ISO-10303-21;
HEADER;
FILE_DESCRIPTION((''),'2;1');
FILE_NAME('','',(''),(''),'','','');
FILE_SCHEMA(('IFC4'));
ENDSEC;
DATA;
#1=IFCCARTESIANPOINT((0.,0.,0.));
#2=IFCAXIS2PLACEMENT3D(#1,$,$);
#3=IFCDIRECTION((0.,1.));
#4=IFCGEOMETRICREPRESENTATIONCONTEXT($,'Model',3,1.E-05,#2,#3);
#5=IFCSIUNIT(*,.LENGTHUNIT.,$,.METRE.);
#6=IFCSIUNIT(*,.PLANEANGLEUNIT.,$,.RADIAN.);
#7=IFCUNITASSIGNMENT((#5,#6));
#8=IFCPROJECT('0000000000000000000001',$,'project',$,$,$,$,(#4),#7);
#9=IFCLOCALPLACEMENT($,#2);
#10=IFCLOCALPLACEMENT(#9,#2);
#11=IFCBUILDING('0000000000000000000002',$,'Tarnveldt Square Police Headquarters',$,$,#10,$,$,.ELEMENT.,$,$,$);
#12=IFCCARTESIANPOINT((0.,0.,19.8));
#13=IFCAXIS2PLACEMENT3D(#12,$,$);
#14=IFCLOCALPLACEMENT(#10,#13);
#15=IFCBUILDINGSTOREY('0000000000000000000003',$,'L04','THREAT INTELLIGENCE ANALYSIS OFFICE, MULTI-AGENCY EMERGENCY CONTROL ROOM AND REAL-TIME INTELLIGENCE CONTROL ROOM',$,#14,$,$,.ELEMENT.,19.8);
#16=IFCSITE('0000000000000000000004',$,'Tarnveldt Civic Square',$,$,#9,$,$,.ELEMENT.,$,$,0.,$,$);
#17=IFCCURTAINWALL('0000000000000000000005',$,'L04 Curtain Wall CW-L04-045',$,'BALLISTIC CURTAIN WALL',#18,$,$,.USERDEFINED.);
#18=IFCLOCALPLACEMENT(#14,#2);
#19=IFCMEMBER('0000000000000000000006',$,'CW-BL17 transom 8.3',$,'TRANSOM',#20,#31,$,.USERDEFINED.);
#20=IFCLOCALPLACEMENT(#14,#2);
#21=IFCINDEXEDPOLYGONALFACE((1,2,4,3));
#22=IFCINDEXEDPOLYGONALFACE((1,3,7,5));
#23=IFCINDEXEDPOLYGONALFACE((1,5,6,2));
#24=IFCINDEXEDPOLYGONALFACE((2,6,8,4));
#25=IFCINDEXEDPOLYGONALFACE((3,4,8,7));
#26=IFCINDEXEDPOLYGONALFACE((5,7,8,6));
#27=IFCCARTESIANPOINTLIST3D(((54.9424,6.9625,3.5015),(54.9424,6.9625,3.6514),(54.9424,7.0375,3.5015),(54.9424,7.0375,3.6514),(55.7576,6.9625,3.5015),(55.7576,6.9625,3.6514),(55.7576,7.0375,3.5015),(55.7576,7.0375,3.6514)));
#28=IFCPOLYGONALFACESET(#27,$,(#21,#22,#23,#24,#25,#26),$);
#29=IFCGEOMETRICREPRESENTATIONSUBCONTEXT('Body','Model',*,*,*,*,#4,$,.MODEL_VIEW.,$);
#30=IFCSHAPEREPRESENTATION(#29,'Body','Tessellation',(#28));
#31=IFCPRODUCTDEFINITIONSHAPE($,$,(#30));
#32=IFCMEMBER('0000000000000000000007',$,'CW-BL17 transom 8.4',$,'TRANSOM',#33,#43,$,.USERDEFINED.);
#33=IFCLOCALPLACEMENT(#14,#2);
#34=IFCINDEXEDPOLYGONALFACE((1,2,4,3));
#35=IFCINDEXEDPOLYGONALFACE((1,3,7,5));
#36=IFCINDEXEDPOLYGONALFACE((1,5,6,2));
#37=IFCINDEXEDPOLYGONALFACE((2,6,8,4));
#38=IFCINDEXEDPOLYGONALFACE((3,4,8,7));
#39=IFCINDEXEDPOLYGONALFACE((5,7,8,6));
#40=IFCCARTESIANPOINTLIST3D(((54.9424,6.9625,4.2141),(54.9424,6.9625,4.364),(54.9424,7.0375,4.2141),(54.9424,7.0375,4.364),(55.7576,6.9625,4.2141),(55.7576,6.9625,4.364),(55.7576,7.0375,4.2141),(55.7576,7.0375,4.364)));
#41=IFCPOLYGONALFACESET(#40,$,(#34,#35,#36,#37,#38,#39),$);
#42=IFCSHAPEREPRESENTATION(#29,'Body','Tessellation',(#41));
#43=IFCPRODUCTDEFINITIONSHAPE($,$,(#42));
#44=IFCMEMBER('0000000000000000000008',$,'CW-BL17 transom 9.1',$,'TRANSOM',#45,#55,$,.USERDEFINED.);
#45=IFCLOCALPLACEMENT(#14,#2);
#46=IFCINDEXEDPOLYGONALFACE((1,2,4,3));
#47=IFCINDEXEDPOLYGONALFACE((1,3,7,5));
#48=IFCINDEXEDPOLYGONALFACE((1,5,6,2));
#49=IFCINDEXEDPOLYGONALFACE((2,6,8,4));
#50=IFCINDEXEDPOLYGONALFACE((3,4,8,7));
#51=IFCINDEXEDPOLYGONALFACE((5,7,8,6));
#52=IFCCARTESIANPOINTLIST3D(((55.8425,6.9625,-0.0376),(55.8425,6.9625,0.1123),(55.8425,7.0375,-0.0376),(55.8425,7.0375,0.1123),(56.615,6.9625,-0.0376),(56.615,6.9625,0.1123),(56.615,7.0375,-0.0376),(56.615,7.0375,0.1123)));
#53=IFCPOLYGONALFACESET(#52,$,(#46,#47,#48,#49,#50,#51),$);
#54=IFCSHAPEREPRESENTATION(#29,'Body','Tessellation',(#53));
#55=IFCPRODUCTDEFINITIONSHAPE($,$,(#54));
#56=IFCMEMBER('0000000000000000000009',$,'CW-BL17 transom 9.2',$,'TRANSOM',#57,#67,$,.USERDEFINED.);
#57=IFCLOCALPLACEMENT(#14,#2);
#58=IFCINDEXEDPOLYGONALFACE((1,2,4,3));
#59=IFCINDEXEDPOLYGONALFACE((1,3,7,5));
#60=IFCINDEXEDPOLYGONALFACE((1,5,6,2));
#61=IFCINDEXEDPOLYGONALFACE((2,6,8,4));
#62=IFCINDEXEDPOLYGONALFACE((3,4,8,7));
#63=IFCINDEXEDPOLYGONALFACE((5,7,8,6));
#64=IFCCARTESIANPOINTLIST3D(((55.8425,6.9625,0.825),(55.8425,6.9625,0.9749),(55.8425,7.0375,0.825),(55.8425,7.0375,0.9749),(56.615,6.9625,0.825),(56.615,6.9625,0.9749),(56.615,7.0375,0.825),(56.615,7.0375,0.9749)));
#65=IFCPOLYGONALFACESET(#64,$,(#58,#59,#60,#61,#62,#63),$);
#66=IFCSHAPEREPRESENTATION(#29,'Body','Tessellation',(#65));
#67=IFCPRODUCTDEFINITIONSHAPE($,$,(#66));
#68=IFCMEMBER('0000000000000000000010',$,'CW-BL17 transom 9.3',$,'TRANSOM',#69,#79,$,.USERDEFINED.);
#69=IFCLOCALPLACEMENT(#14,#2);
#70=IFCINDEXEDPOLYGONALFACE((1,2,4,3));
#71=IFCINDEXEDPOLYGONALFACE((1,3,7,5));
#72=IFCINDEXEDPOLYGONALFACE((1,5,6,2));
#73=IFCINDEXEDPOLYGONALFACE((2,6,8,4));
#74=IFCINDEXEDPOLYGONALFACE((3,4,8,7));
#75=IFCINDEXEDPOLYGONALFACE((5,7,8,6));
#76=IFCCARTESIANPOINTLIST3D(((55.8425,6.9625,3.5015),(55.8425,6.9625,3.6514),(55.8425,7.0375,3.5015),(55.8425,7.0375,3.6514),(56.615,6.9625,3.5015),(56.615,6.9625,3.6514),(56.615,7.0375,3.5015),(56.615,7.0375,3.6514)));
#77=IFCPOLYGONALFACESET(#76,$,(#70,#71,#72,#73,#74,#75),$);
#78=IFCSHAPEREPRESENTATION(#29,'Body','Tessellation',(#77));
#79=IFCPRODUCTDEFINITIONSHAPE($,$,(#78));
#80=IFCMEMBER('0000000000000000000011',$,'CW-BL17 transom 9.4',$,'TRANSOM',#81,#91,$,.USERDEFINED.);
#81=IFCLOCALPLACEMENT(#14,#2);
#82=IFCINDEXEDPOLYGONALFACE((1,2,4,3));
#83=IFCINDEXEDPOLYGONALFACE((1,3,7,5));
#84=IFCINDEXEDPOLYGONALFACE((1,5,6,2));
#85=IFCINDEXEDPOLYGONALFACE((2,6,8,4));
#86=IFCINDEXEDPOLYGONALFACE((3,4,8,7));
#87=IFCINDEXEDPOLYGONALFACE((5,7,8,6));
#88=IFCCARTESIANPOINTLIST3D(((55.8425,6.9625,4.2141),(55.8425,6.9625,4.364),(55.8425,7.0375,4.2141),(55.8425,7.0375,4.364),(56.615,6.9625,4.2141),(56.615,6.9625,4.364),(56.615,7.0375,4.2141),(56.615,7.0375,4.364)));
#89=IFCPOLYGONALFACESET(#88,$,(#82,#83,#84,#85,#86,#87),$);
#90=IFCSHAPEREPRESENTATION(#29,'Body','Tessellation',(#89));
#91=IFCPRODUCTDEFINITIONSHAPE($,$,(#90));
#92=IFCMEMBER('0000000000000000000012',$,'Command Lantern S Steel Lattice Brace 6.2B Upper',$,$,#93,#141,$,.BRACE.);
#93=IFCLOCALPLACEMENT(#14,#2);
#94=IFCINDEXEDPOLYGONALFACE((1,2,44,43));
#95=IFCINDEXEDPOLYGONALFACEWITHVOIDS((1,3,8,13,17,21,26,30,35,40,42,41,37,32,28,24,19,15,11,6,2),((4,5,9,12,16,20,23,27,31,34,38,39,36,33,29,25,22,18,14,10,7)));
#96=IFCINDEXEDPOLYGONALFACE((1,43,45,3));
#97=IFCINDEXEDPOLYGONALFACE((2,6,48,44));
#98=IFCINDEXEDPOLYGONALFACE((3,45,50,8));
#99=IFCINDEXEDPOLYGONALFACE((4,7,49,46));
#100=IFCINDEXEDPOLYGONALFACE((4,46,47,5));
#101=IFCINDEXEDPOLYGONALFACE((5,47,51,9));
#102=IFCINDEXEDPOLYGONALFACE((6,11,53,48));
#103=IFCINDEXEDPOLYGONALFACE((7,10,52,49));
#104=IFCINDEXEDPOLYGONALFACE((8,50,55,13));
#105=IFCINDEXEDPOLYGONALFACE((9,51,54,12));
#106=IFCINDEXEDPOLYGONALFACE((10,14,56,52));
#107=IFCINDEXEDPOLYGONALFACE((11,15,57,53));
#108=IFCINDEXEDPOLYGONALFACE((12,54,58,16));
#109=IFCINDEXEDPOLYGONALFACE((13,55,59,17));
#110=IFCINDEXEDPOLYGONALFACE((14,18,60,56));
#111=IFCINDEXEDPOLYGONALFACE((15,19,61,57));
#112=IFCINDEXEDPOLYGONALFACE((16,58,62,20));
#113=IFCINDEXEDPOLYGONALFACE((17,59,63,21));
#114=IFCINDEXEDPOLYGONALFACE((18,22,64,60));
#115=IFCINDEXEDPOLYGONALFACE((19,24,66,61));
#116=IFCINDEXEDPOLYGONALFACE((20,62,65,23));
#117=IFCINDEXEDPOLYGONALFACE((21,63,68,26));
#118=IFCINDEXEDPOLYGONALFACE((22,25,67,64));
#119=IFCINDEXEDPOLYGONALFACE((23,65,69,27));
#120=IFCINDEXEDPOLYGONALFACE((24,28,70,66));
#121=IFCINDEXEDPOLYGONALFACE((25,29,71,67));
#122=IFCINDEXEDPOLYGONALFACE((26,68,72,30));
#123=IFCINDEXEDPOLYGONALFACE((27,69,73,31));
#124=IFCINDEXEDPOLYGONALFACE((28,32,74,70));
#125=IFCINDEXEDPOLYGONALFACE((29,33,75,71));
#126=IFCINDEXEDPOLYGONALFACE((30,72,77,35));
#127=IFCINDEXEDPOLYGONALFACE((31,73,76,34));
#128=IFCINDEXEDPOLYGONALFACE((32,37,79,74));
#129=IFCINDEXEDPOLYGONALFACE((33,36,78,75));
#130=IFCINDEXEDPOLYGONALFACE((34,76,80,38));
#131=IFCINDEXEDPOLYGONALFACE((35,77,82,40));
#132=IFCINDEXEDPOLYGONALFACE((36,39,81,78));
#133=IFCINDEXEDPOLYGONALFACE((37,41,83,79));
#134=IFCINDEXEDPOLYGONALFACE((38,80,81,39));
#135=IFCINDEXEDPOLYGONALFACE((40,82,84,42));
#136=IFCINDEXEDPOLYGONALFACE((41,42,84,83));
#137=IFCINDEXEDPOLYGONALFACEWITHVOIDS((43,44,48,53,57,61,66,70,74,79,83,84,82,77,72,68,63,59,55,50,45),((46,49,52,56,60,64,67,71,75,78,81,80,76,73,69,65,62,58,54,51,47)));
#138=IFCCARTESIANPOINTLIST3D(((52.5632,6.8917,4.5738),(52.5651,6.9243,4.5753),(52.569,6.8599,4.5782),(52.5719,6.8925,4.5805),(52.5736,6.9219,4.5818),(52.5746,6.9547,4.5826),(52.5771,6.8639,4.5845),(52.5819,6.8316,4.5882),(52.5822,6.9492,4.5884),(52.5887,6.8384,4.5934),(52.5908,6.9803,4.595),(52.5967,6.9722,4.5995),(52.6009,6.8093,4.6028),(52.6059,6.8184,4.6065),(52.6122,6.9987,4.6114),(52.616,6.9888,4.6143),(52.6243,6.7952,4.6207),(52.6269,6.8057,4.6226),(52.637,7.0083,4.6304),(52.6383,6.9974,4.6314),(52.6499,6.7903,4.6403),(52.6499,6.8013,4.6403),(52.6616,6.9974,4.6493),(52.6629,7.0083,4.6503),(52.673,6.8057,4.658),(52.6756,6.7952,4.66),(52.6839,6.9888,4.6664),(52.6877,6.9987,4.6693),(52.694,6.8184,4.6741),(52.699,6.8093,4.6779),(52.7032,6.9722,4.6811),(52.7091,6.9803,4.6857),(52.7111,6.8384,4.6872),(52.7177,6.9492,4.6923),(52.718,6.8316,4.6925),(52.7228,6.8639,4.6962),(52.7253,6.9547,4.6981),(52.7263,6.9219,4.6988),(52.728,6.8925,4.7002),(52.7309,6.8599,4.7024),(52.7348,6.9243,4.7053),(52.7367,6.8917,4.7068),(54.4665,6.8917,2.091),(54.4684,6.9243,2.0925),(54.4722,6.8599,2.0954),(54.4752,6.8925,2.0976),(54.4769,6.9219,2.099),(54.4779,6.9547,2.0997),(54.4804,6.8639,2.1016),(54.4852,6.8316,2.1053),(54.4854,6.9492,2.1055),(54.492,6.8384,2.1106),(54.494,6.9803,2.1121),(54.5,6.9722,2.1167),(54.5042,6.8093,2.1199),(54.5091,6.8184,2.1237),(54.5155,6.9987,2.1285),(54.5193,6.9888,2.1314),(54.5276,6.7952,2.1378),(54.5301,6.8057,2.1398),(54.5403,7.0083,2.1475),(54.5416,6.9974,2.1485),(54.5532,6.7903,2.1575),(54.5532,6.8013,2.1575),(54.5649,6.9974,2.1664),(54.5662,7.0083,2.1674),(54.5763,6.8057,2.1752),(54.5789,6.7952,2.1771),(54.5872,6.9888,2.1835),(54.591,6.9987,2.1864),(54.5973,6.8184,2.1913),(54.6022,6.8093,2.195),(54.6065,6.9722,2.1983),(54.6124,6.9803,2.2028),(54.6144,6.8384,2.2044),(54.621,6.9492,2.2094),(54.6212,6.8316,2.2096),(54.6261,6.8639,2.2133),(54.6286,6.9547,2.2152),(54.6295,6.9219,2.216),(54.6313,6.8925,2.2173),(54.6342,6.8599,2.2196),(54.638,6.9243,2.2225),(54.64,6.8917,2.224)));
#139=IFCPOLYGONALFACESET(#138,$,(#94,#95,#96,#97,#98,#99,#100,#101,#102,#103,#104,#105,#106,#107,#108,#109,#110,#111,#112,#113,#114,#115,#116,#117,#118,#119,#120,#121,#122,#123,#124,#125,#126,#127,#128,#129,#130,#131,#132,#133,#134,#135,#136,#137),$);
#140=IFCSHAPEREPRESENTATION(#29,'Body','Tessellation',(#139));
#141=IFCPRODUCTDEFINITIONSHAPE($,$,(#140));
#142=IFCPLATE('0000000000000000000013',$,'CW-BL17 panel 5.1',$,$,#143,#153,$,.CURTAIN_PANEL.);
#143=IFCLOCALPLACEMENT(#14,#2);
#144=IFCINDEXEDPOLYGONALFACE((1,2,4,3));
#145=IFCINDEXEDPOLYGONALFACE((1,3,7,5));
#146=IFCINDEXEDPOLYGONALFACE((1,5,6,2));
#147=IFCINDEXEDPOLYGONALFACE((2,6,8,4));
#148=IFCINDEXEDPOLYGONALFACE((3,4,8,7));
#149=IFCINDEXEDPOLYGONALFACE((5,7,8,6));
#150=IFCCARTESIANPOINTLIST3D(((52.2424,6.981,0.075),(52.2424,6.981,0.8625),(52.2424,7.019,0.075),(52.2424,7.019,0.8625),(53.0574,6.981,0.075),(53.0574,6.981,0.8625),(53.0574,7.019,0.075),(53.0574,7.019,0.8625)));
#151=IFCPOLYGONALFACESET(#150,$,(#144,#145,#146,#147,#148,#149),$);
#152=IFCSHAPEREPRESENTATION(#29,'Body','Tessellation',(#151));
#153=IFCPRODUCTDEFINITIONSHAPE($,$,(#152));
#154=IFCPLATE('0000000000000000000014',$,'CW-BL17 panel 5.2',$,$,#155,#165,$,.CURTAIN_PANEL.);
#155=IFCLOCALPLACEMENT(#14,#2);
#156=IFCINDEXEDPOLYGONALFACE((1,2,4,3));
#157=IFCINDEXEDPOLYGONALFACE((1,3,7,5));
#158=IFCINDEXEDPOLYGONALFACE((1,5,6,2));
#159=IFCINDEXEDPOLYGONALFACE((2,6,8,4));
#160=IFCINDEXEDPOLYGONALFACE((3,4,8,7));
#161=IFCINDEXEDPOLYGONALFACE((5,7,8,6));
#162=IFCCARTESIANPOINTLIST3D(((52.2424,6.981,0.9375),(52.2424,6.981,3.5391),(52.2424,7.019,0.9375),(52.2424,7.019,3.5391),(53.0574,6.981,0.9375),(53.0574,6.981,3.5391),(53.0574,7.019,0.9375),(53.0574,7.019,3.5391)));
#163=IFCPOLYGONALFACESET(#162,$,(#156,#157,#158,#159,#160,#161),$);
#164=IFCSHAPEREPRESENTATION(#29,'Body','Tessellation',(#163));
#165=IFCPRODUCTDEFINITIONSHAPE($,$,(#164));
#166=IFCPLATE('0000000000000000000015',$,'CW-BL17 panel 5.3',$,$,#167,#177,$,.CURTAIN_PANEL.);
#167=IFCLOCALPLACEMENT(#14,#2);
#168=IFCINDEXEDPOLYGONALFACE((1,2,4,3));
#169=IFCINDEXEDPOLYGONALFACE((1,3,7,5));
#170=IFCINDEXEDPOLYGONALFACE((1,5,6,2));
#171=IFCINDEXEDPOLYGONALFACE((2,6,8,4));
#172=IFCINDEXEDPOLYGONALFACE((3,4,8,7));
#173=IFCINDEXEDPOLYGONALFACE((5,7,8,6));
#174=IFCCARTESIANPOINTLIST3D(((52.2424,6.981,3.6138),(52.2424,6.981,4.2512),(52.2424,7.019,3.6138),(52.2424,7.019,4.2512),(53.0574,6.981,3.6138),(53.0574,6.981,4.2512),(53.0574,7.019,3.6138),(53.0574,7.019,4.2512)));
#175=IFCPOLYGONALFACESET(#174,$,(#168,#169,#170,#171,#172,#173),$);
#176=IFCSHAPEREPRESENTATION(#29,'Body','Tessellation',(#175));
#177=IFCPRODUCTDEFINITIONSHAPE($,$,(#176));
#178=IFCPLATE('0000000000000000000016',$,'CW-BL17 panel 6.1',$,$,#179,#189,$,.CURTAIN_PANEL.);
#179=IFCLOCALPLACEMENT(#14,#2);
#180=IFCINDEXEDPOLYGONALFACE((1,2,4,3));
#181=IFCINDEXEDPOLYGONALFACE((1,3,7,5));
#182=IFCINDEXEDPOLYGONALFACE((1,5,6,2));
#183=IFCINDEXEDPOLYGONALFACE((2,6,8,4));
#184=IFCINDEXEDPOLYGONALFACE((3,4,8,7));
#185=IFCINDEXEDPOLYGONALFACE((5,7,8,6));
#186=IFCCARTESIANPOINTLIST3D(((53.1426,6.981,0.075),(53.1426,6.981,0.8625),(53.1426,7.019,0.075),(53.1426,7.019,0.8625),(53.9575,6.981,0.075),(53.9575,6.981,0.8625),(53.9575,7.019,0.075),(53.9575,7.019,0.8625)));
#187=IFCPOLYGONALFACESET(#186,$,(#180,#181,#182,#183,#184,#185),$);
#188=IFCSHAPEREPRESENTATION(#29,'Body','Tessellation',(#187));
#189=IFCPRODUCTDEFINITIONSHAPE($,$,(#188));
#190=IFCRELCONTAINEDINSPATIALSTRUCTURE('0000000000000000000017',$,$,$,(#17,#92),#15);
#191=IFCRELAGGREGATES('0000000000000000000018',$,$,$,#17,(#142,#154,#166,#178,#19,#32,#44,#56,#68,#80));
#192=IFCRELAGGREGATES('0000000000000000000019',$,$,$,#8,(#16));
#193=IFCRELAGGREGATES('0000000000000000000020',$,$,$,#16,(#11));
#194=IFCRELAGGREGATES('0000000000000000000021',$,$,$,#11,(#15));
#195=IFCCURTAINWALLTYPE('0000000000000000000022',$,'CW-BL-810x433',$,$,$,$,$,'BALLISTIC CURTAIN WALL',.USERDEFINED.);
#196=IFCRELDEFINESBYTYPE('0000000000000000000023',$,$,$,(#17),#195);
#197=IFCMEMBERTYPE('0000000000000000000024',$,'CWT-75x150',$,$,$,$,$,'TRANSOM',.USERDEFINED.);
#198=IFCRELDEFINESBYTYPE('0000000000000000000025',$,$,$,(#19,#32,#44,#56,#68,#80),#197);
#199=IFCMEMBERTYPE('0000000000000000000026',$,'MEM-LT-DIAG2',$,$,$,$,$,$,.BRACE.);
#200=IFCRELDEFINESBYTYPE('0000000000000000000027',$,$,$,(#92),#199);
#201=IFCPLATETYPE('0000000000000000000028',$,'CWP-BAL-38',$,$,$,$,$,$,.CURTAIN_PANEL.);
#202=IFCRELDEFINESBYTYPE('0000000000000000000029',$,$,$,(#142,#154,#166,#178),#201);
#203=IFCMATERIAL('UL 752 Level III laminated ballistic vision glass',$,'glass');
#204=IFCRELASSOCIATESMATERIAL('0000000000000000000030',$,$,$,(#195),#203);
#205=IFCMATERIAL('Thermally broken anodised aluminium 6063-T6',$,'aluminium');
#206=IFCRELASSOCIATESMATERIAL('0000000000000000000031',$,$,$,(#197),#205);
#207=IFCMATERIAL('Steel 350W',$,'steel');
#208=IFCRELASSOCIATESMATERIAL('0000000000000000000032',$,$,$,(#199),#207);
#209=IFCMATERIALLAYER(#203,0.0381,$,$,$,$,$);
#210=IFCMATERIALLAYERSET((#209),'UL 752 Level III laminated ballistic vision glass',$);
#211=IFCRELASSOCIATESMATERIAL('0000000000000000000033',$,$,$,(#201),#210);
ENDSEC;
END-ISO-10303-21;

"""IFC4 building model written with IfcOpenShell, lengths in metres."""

from ifc_helpers import new_model, si_unit, direction, frame, origin, origin_2d, place, context, subcontext, project, spatial, rectangle, hollow_circle, extrude, material, layer, layer_set, material_profile, profile_set, type_object, element, aggregate, save


model = new_model("IFC4")

# Units and contexts
model_context = context("Model", 3, precision=1e-05, world=origin(), true_north=direction((0.0, 1.0)))
body_context = subcontext(model_context, "Body", "Model", "MODEL_VIEW")
ifc_project = project(units=[si_unit("LENGTHUNIT", "METRE"), si_unit("PLANEANGLEUNIT", "RADIAN")], contexts=[model_context])

# Site, building, storey
site_placement = place(None, origin())
site = spatial("IfcSite", under=ifc_project, at=site_placement, Name="Tarnveldt Civic Square", CompositionType="ELEMENT", RefElevation=0.0)
building_placement = place(site_placement, origin())
building = spatial("IfcBuilding", under=site, at=building_placement, Name="Tarnveldt Square Police Headquarters", CompositionType="ELEMENT")
storey_placement = place(building_placement, frame((0.0, 0.0, 19.8)))
storey = spatial("IfcBuildingStorey", under=building, at=storey_placement, Name="L04", Description="THREAT INTELLIGENCE ANALYSIS OFFICE, MULTI-AGENCY EMERGENCY CONTROL ROOM AND REAL-TIME INTELLIGENCE CONTROL ROOM", CompositionType="ELEMENT", Elevation=19.8)

# Curtain wall, members
ifc_material_1 = material(Name="UL 752 Level III laminated ballistic vision glass", Category="glass")
curtain_wall_type = type_object("IfcCurtainWallType", Name="CW-BL-810x433", ElementType="BALLISTIC CURTAIN WALL", PredefinedType="USERDEFINED", material=ifc_material_1)
curtain_wall_placement = place(storey_placement, origin())
curtain_wall = element("IfcCurtainWall", 1, at=curtain_wall_placement, inside=storey, type_object=curtain_wall_type, Name="L04 Curtain Wall CW-L04-045", ObjectType="BALLISTIC CURTAIN WALL", PredefinedType="USERDEFINED")
ifc_material_2 = material(Name="Thermally broken anodised aluminium 6063-T6", Category="aluminium")
ifc_material_profile_1 = material_profile(ifc_material_2, rectangle(XDim=0.075, YDim=0.1499, at=origin_2d()), Name="CW-T75x150")
ifc_profile_set_1 = profile_set([ifc_material_profile_1], Name="Thermally broken anodised aluminium 6063-T6")
member_type_1 = type_object("IfcMemberType", Name="CWT-75x150", ElementType="TRANSOM", PredefinedType="USERDEFINED", material=ifc_profile_set_1)
member_1_placement = place(storey_placement, frame((54.9424, 7.0, 3.5764), z_axis=(1.0, 0.0, 0.0), x_axis=(0.0, 1.0, 0.0)))
member_1 = element("IfcMember", 2, at=member_1_placement, type_object=member_type_1, Name="CW-BL17 transom 8.3", ObjectType="TRANSOM", PredefinedType="USERDEFINED", context=body_context, shape_type="SweptSolid", body=[
    extrude(rectangle(XDim=0.075, YDim=0.1499, at=origin_2d()), origin(), (0.0, 0.0, 1.0), 0.8152),
])
member_2_placement = place(storey_placement, frame((54.9424, 7.0, 4.2891), z_axis=(1.0, 0.0, 0.0), x_axis=(0.0, 1.0, 0.0)))
member_2 = element("IfcMember", 3, at=member_2_placement, type_object=member_type_1, Name="CW-BL17 transom 8.4", ObjectType="TRANSOM", PredefinedType="USERDEFINED", context=body_context, shape_type="SweptSolid", body=[
    extrude(rectangle(XDim=0.075, YDim=0.1499, at=origin_2d()), origin(), (0.0, 0.0, 1.0), 0.8152),
])
member_3_placement = place(storey_placement, frame((55.8425, 7.0, 0.0374), z_axis=(1.0, 0.0, 0.0), x_axis=(0.0, 1.0, 0.0)))
member_3 = element("IfcMember", 4, at=member_3_placement, type_object=member_type_1, Name="CW-BL17 transom 9.1", ObjectType="TRANSOM", PredefinedType="USERDEFINED", context=body_context, shape_type="SweptSolid", body=[
    extrude(rectangle(XDim=0.075, YDim=0.1499, at=origin_2d()), origin(), (0.0, 0.0, 1.0), 0.7725),
])
member_4_placement = place(storey_placement, frame((55.8425, 7.0, 0.8999), z_axis=(1.0, 0.0, 0.0), x_axis=(0.0, 1.0, 0.0)))
member_4 = element("IfcMember", 5, at=member_4_placement, type_object=member_type_1, Name="CW-BL17 transom 9.2", ObjectType="TRANSOM", PredefinedType="USERDEFINED", context=body_context, shape_type="SweptSolid", body=[
    extrude(rectangle(XDim=0.075, YDim=0.1499, at=origin_2d()), origin(), (0.0, 0.0, 1.0), 0.7725),
])
member_5_placement = place(storey_placement, frame((55.8425, 7.0, 3.5764), z_axis=(1.0, 0.0, 0.0), x_axis=(0.0, 1.0, 0.0)))
member_5 = element("IfcMember", 6, at=member_5_placement, type_object=member_type_1, Name="CW-BL17 transom 9.3", ObjectType="TRANSOM", PredefinedType="USERDEFINED", context=body_context, shape_type="SweptSolid", body=[
    extrude(rectangle(XDim=0.075, YDim=0.1499, at=origin_2d()), origin(), (0.0, 0.0, 1.0), 0.7725),
])
member_6_placement = place(storey_placement, frame((55.8425, 7.0, 4.2891), z_axis=(1.0, 0.0, 0.0), x_axis=(0.0, 1.0, 0.0)))
member_6 = element("IfcMember", 7, at=member_6_placement, type_object=member_type_1, Name="CW-BL17 transom 9.4", ObjectType="TRANSOM", PredefinedType="USERDEFINED", context=body_context, shape_type="SweptSolid", body=[
    extrude(rectangle(XDim=0.075, YDim=0.1499, at=origin_2d()), origin(), (0.0, 0.0, 1.0), 0.7725),
])

# Member
ifc_material_3 = material(Name="Steel 350W", Category="steel")
ifc_material_profile_2 = material_profile(ifc_material_3, hollow_circle(Radius=0.1096, WallThickness=0.011, at=origin_2d()), Name="HSS219x11")
ifc_profile_set_2 = profile_set([ifc_material_profile_2], Name="Steel 350W")
member_type_2 = type_object("IfcMemberType", Name="MEM-LT-DIAG2", PredefinedType="BRACE", material=ifc_profile_set_2)
member_7_placement = place(storey_placement, frame((54.5532, 6.8999, 2.1575), z_axis=(-0.608382, 0.0, 0.793644), x_axis=(0.0, -1.0, 0.0)))
element("IfcMember", 8, at=member_7_placement, inside=storey, type_object=member_type_2, Name="Command Lantern S Steel Lattice Brace 6.2B Upper", PredefinedType="BRACE", context=body_context, shape_type="SweptSolid", body=[
    extrude(hollow_circle(Radius=0.1096, WallThickness=0.011, at=origin_2d()), origin(), (0.0, 0.0, 1.0), 3.1284),
])

# Plates
ifc_layer_1 = layer(ifc_material_1, 0.0381)
ifc_layer_set_1 = layer_set([ifc_layer_1], Name="UL 752 Level III laminated ballistic vision glass")
plate_type_1 = type_object("IfcPlateType", Name="CWP-BAL-38", PredefinedType="CURTAIN_PANEL", material=ifc_layer_set_1)
plate_1_placement = place(storey_placement, frame((52.6499, 7.0, 0.075), z_axis=(0.0, 0.0, 1.0), x_axis=(1.0, 0.0, 0.0)))
plate_1 = element("IfcPlate", 9, at=plate_1_placement, type_object=plate_type_1, Name="CW-BL17 panel 5.1", PredefinedType="CURTAIN_PANEL", context=body_context, shape_type="SweptSolid", body=[
    extrude(rectangle(XDim=0.8149, YDim=0.0381, at=origin_2d()), origin(), (0.0, 0.0, 1.0), 0.7876),
])
plate_2_placement = place(storey_placement, frame((52.6499, 7.0, 0.9375), z_axis=(0.0, 0.0, 1.0), x_axis=(1.0, 0.0, 0.0)))
plate_2 = element("IfcPlate", 10, at=plate_2_placement, type_object=plate_type_1, Name="CW-BL17 panel 5.2", PredefinedType="CURTAIN_PANEL", context=body_context, shape_type="SweptSolid", body=[
    extrude(rectangle(XDim=0.8149, YDim=0.0381, at=origin_2d()), origin(), (0.0, 0.0, 1.0), 2.6016),
])
plate_3_placement = place(storey_placement, frame((52.6499, 7.0, 3.6138), z_axis=(0.0, 0.0, 1.0), x_axis=(1.0, 0.0, 0.0)))
plate_3 = element("IfcPlate", 11, at=plate_3_placement, type_object=plate_type_1, Name="CW-BL17 panel 5.3", PredefinedType="CURTAIN_PANEL", context=body_context, shape_type="SweptSolid", body=[
    extrude(rectangle(XDim=0.8149, YDim=0.0381, at=origin_2d()), origin(), (0.0, 0.0, 1.0), 0.6375),
])
plate_4_placement = place(storey_placement, frame((53.55, 7.0, 0.075), z_axis=(0.0, 0.0, 1.0), x_axis=(1.0, 0.0, 0.0)))
plate_4 = element("IfcPlate", 12, at=plate_4_placement, type_object=plate_type_1, Name="CW-BL17 panel 6.1", PredefinedType="CURTAIN_PANEL", context=body_context, shape_type="SweptSolid", body=[
    extrude(rectangle(XDim=0.8149, YDim=0.0381, at=origin_2d()), origin(), (0.0, 0.0, 1.0), 0.7876),
])
aggregate(curtain_wall, [plate_1, plate_2, plate_3, plate_4, member_1, member_2, member_3, member_4, member_5, member_6])

save(model, "model.ifc")
